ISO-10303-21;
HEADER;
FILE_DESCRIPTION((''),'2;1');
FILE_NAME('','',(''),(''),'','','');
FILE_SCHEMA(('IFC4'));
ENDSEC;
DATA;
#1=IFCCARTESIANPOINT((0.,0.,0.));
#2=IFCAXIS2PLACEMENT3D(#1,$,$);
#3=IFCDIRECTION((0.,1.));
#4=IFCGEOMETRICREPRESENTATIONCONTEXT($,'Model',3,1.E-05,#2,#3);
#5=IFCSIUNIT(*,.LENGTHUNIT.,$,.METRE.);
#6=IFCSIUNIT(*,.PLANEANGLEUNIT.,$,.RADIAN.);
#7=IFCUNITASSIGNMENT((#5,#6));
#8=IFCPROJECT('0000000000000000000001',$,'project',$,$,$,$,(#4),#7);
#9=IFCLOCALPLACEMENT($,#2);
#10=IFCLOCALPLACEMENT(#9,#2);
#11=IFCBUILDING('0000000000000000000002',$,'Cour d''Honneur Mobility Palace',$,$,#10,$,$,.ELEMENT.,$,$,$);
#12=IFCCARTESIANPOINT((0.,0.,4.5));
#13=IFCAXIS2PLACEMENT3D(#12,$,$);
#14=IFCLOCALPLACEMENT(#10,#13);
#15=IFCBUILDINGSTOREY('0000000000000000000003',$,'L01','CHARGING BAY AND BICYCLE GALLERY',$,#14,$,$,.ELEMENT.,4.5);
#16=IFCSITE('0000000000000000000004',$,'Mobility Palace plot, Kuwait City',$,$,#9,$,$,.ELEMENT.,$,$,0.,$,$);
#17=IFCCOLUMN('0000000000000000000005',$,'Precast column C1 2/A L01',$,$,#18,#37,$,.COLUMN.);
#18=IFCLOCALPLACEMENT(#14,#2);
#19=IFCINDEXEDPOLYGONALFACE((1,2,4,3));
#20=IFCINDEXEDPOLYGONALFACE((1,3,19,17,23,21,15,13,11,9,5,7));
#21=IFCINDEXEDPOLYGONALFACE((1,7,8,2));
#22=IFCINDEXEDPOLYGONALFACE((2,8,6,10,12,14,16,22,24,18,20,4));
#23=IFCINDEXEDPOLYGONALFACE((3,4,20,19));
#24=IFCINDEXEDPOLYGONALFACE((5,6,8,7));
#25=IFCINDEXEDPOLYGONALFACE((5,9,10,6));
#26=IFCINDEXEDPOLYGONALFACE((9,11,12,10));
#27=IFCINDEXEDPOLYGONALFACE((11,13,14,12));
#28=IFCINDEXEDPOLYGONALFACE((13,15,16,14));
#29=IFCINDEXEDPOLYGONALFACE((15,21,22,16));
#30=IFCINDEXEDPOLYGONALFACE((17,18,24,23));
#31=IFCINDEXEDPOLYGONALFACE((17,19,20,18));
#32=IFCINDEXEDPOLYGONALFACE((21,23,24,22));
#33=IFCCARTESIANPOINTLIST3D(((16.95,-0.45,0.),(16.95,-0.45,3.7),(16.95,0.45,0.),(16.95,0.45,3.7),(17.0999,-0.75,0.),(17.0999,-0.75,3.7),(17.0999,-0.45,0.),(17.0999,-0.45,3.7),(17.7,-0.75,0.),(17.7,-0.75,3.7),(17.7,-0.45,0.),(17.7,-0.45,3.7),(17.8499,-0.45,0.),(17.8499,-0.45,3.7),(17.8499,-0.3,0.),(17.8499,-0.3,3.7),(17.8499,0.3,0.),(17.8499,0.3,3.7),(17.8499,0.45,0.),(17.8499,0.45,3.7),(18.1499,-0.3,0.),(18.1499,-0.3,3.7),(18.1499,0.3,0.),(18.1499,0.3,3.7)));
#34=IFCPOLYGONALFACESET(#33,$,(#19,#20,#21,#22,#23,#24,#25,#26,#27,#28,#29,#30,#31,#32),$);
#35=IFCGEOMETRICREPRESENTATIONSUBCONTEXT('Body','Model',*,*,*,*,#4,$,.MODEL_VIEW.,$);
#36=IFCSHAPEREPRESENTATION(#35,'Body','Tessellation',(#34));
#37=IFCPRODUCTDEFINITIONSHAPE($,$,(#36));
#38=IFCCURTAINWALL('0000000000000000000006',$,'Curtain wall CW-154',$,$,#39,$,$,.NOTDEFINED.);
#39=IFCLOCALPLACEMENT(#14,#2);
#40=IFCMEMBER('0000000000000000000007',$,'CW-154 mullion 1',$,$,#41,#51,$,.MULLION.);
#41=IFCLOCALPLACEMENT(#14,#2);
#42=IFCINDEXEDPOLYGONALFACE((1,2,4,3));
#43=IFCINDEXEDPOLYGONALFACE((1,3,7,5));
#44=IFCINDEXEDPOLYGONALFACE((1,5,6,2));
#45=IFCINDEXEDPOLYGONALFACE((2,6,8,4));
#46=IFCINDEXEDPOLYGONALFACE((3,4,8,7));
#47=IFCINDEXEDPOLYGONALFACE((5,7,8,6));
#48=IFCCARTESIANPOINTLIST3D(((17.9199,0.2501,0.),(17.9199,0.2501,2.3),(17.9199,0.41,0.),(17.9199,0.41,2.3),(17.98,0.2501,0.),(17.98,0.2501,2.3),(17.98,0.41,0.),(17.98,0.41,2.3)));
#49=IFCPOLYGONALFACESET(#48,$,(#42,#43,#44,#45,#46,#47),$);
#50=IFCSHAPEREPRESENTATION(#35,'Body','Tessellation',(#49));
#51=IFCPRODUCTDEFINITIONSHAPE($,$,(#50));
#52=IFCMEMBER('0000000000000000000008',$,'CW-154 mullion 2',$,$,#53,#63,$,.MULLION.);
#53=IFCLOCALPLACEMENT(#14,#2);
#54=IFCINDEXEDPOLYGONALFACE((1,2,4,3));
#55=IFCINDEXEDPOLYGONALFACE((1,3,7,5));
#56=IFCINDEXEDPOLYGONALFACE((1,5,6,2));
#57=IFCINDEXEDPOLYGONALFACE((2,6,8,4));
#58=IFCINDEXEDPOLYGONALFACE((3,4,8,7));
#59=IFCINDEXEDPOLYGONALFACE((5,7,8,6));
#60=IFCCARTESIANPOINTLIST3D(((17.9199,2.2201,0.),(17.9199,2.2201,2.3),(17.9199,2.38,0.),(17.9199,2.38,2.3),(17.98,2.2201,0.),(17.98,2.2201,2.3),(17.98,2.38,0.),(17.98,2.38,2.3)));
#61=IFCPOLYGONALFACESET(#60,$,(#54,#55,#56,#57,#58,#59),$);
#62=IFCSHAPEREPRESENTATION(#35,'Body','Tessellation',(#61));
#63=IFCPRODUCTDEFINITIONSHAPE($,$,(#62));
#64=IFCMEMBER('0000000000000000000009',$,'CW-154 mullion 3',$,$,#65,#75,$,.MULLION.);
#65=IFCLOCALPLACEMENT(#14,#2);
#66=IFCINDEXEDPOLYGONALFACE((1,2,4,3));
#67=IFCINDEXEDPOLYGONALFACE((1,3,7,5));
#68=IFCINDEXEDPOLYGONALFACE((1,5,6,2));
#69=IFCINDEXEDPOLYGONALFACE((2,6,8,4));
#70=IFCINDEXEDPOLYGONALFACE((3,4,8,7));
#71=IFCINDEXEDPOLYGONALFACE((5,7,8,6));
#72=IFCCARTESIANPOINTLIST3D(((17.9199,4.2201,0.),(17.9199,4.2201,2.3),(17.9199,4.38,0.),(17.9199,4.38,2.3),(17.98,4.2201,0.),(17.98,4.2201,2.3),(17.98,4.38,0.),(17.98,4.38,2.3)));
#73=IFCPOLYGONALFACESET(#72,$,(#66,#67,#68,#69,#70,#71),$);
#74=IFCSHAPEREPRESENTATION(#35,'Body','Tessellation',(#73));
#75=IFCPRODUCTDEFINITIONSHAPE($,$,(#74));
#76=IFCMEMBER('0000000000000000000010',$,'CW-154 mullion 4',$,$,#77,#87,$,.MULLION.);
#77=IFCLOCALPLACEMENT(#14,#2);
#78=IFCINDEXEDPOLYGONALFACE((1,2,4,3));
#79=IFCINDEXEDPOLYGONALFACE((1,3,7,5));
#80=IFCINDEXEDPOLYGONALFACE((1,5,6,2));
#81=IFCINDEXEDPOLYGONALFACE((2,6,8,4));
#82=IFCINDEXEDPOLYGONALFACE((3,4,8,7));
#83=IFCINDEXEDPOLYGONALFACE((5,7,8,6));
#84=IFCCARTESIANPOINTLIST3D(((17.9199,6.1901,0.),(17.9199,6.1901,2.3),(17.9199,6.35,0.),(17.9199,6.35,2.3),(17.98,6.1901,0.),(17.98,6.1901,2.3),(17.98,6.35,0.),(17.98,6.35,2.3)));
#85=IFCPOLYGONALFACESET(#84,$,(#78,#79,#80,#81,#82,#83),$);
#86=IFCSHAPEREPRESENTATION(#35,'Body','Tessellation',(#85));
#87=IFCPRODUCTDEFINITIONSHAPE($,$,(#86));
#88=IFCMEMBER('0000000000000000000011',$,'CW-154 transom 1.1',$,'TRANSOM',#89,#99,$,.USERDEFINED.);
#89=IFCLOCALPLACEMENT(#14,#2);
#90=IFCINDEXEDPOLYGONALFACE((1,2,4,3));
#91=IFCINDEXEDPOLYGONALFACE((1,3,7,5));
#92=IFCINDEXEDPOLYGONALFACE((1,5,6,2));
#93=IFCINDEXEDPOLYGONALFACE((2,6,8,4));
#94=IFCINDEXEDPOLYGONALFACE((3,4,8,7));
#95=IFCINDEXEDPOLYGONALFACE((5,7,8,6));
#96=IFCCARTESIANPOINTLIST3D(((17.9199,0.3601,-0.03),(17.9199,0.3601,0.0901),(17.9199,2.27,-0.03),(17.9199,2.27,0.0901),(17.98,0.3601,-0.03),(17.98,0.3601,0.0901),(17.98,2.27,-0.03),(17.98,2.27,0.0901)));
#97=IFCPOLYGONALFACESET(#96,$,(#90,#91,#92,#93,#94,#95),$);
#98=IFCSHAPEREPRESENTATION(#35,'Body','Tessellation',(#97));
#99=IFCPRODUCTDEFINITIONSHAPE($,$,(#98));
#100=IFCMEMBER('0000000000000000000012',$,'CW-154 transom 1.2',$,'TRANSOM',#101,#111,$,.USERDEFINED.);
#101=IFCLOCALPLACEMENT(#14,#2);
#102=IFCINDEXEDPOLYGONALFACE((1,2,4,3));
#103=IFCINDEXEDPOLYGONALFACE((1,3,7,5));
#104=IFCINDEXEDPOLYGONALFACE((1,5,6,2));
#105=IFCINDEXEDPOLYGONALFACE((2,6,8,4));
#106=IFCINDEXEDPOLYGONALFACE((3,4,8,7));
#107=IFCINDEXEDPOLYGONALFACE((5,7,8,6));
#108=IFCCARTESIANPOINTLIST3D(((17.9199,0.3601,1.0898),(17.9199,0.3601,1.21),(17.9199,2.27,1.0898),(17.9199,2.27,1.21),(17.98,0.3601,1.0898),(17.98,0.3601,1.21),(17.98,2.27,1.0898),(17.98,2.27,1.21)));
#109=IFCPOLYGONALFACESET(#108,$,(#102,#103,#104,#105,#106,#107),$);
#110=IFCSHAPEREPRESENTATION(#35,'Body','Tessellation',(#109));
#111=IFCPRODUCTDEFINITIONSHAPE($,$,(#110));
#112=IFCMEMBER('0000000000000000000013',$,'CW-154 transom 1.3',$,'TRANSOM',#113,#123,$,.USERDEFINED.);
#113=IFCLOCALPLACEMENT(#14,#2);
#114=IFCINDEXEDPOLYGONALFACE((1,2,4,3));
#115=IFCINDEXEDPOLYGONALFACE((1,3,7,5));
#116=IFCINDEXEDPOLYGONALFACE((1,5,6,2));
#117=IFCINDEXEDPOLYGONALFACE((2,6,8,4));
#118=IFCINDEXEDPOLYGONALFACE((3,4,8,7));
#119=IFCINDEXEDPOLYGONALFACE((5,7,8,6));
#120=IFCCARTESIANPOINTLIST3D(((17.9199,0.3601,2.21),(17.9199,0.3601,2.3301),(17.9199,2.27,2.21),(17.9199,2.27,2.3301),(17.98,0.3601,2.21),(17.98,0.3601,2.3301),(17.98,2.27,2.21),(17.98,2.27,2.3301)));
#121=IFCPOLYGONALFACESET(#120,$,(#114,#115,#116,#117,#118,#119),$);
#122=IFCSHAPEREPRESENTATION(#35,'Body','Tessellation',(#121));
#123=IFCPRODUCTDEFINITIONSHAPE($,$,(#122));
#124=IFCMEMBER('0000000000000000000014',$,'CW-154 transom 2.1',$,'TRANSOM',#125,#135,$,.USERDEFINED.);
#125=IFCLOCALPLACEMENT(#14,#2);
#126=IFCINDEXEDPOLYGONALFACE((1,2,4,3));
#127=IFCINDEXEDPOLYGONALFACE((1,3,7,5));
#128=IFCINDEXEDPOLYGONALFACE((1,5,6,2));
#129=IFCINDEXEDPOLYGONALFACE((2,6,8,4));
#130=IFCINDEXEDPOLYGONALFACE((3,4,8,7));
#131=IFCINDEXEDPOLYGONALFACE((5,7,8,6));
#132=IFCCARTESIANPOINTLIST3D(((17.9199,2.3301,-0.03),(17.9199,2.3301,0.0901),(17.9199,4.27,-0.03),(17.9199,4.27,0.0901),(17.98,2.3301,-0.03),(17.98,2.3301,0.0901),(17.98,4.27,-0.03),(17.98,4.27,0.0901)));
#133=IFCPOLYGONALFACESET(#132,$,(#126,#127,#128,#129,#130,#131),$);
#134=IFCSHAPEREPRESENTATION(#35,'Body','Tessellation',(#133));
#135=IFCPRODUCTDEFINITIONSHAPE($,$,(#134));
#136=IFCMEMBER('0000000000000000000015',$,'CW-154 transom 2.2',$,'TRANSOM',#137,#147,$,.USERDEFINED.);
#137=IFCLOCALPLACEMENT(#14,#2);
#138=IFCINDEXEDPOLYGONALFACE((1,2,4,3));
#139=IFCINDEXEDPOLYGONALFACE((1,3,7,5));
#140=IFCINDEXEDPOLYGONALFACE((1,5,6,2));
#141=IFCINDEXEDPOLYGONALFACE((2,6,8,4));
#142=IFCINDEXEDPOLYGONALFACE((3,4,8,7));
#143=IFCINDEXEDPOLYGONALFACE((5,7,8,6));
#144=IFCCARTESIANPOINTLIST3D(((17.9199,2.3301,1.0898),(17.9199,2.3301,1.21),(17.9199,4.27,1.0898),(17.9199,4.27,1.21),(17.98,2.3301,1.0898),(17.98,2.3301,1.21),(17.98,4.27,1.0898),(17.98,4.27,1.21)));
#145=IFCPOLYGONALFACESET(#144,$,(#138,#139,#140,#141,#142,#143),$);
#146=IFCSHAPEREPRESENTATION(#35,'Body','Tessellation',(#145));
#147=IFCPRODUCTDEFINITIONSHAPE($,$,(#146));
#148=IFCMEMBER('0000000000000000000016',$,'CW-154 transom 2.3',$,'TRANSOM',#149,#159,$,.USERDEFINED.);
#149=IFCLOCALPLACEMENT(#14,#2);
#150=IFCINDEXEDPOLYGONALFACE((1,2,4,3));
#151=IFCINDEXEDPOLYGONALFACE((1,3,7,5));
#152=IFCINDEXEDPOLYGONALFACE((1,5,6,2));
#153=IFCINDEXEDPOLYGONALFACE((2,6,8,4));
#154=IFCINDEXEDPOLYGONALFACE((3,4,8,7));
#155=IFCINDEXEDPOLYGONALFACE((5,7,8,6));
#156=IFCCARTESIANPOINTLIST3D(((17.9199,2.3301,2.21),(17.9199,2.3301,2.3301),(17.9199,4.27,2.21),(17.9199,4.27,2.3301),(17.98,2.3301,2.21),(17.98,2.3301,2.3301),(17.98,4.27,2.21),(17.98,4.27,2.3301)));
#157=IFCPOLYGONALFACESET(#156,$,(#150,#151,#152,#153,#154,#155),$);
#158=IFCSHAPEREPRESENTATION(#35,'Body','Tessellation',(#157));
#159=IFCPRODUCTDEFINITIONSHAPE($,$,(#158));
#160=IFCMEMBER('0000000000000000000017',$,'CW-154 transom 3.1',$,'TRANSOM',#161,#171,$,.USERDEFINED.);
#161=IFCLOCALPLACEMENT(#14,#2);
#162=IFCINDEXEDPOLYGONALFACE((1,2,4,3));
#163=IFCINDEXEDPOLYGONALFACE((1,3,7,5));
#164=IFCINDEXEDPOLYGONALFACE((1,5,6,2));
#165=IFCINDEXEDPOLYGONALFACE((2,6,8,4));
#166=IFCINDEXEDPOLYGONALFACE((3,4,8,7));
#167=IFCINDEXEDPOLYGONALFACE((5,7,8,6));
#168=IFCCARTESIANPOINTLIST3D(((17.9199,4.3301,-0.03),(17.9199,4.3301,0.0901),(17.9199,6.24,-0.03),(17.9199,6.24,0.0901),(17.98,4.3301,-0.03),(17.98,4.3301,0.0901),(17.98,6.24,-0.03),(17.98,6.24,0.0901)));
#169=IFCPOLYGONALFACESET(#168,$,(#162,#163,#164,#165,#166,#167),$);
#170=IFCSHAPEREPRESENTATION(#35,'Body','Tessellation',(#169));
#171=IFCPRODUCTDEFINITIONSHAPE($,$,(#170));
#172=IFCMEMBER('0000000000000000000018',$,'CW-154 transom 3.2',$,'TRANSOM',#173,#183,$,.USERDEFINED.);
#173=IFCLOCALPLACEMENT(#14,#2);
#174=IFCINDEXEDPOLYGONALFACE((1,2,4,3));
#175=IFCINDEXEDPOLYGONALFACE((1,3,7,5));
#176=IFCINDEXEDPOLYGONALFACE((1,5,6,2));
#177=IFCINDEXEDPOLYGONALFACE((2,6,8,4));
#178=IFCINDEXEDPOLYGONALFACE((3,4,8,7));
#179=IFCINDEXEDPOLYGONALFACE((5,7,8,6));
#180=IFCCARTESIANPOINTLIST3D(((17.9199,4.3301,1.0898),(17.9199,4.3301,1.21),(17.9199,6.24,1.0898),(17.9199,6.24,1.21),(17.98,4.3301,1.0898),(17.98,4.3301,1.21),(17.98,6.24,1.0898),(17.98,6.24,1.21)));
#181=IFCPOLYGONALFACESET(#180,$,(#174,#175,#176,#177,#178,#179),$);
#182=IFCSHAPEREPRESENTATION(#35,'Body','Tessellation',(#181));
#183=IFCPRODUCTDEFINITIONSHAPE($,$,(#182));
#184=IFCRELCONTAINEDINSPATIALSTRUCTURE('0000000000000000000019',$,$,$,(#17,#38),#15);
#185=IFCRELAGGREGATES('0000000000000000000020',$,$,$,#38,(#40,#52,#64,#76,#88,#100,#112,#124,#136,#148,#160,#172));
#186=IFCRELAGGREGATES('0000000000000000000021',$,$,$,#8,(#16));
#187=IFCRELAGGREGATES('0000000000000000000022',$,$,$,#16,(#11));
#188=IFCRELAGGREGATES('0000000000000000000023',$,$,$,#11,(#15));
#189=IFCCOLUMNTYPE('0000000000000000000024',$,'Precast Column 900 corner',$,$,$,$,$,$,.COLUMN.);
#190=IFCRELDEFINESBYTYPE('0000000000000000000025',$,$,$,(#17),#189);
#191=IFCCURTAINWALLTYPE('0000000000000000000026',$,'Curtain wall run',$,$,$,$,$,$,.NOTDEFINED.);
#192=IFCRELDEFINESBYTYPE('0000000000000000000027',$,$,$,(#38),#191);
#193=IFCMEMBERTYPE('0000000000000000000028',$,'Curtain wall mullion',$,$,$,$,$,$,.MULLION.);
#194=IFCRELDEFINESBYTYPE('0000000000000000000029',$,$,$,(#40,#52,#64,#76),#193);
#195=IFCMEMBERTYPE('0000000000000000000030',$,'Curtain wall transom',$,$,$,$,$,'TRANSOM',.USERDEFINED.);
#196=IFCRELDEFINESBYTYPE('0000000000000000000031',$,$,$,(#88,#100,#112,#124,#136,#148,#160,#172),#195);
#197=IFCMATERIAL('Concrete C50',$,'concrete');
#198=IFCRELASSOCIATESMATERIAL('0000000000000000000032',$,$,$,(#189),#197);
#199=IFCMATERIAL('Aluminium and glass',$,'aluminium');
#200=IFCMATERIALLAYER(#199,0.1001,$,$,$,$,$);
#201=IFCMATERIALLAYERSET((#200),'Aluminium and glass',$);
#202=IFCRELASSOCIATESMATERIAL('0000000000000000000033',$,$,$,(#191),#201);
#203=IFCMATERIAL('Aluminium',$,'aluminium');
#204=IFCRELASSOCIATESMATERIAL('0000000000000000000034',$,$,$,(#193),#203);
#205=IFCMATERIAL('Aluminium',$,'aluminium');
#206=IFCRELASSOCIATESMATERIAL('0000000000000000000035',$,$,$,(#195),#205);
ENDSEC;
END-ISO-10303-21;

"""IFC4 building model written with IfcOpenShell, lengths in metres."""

from ifc_helpers import new_model, si_unit, direction, frame, origin, origin_2d, place, context, subcontext, project, spatial, polyline, rectangle, outline, extrude, material, layer, layer_set, material_profile, profile_set, type_object, element, aggregate, save


model = new_model("IFC4")

# Units and contexts
model_context = context("Model", 3, precision=1e-05, world=origin(), true_north=direction((0.0, 1.0)))
body_context = subcontext(model_context, "Body", "Model", "MODEL_VIEW")
ifc_project = project(units=[si_unit("LENGTHUNIT", "METRE"), si_unit("PLANEANGLEUNIT", "RADIAN")], contexts=[model_context])

# Site, building, storey
site_placement = place(None, origin())
site = spatial("IfcSite", under=ifc_project, at=site_placement, Name="Mobility Palace plot, Kuwait City", CompositionType="ELEMENT", RefElevation=0.0)
building_placement = place(site_placement, origin())
building = spatial("IfcBuilding", under=site, at=building_placement, Name="Cour d'Honneur Mobility Palace", CompositionType="ELEMENT")
storey_placement = place(building_placement, frame((0.0, 0.0, 4.5)))
storey = spatial("IfcBuildingStorey", under=building, at=storey_placement, Name="L01", Description="CHARGING BAY AND BICYCLE GALLERY", CompositionType="ELEMENT", Elevation=4.5)

# Column
ifc_material_1 = material(Name="Concrete C50", Category="concrete")
ifc_material_profile_1 = material_profile(ifc_material_1, outline(polyline([(-0.45, -0.45), (0.45, -0.45), (0.45, -0.3), (0.75, -0.3), (0.75, 0.3), (0.45, 0.3), (0.45, 0.45), (0.3, 0.45), (0.3, 0.75), (-0.3, 0.75), (-0.3, 0.45), (-0.45, 0.45), (-0.45, -0.45)])), Name="PC C900 corner")
ifc_profile_set_1 = profile_set([ifc_material_profile_1], Name="Concrete C50")
column_type = type_object("IfcColumnType", Name="Precast Column 900 corner", PredefinedType="COLUMN", material=ifc_profile_set_1)
column_placement = place(storey_placement, frame((17.3999, 0.0, 0.0), z_axis=(0.0, 0.0, 1.0), x_axis=(0.0, -1.0, 0.0)))
element("IfcColumn", 1, at=column_placement, inside=storey, type_object=column_type, Name="Precast column C1 2/A L01", PredefinedType="COLUMN", context=body_context, shape_type="SweptSolid", body=[
    extrude(outline(polyline([(-0.45, -0.45), (0.45, -0.45), (0.45, -0.3), (0.75, -0.3), (0.75, 0.3), (0.45, 0.3), (0.45, 0.45), (0.3, 0.45), (0.3, 0.75), (-0.3, 0.75), (-0.3, 0.45), (-0.45, 0.45), (-0.45, -0.45)])), origin(), (0.0, 0.0, 1.0), 3.7),
])

# Curtain wall, members
ifc_material_2 = material(Name="Aluminium and glass", Category="aluminium")
ifc_layer_1 = layer(ifc_material_2, 0.1001)
ifc_layer_set_1 = layer_set([ifc_layer_1], Name="Aluminium and glass")
curtain_wall_type = type_object("IfcCurtainWallType", Name="Curtain wall run", PredefinedType="NOTDEFINED", material=ifc_layer_set_1)
curtain_wall_placement = place(storey_placement, origin())
curtain_wall = element("IfcCurtainWall", 2, at=curtain_wall_placement, inside=storey, type_object=curtain_wall_type, Name="Curtain wall CW-154", PredefinedType="NOTDEFINED")
ifc_material_3 = material(Name="Aluminium", Category="aluminium")
ifc_material_profile_2 = material_profile(ifc_material_3, rectangle(XDim=0.0601, YDim=0.1599, at=origin_2d()), Name="Curtain wall mullion")
ifc_profile_set_2 = profile_set([ifc_material_profile_2], Name="Aluminium")
member_type_1 = type_object("IfcMemberType", Name="Curtain wall mullion", PredefinedType="MULLION", material=ifc_profile_set_2)
member_1_placement = place(storey_placement, frame((17.95, 0.3301, 0.0), z_axis=(0.0, 0.0, 1.0), x_axis=(-1.0, 0.0, 0.0)))
member_1 = element("IfcMember", 3, at=member_1_placement, type_object=member_type_1, Name="CW-154 mullion 1", PredefinedType="MULLION", context=body_context, shape_type="SweptSolid", body=[
    extrude(rectangle(XDim=0.0601, YDim=0.1599, at=origin_2d()), origin(), (0.0, 0.0, 1.0), 2.3),
])
member_2_placement = place(storey_placement, frame((17.95, 2.3, 0.0), z_axis=(0.0, 0.0, 1.0), x_axis=(-1.0, 0.0, 0.0)))
member_2 = element("IfcMember", 4, at=member_2_placement, type_object=member_type_1, Name="CW-154 mullion 2", PredefinedType="MULLION", context=body_context, shape_type="SweptSolid", body=[
    extrude(rectangle(XDim=0.0601, YDim=0.1599, at=origin_2d()), origin(), (0.0, 0.0, 1.0), 2.3),
])
member_3_placement = place(storey_placement, frame((17.95, 4.3, 0.0), z_axis=(0.0, 0.0, 1.0), x_axis=(-1.0, 0.0, 0.0)))
member_3 = element("IfcMember", 5, at=member_3_placement, type_object=member_type_1, Name="CW-154 mullion 3", PredefinedType="MULLION", context=body_context, shape_type="SweptSolid", body=[
    extrude(rectangle(XDim=0.0601, YDim=0.1599, at=origin_2d()), origin(), (0.0, 0.0, 1.0), 2.3),
])
member_4_placement = place(storey_placement, frame((17.95, 6.27, 0.0), z_axis=(0.0, 0.0, 1.0), x_axis=(-1.0, 0.0, 0.0)))
member_4 = element("IfcMember", 6, at=member_4_placement, type_object=member_type_1, Name="CW-154 mullion 4", PredefinedType="MULLION", context=body_context, shape_type="SweptSolid", body=[
    extrude(rectangle(XDim=0.0601, YDim=0.1599, at=origin_2d()), origin(), (0.0, 0.0, 1.0), 2.3),
])
ifc_material_4 = material(Name="Aluminium", Category="aluminium")
ifc_material_profile_3 = material_profile(ifc_material_4, rectangle(XDim=0.0601, YDim=0.1201, at=origin_2d()), Name="Curtain wall transom")
ifc_profile_set_3 = profile_set([ifc_material_profile_3], Name="Aluminium")
member_type_2 = type_object("IfcMemberType", Name="Curtain wall transom", ElementType="TRANSOM", PredefinedType="USERDEFINED", material=ifc_profile_set_3)
member_5_placement = place(storey_placement, frame((17.95, 0.3601, 0.03), z_axis=(0.0, 1.0, 0.0), x_axis=(-1.0, 0.0, 0.0)))
member_5 = element("IfcMember", 7, at=member_5_placement, type_object=member_type_2, Name="CW-154 transom 1.1", ObjectType="TRANSOM", PredefinedType="USERDEFINED", context=body_context, shape_type="SweptSolid", body=[
    extrude(rectangle(XDim=0.0601, YDim=0.1201, at=origin_2d()), origin(), (0.0, 0.0, 1.0), 1.9099),
])
member_6_placement = place(storey_placement, frame((17.95, 0.3601, 1.1499), z_axis=(0.0, 1.0, 0.0), x_axis=(-1.0, 0.0, 0.0)))
member_6 = element("IfcMember", 8, at=member_6_placement, type_object=member_type_2, Name="CW-154 transom 1.2", ObjectType="TRANSOM", PredefinedType="USERDEFINED", context=body_context, shape_type="SweptSolid", body=[
    extrude(rectangle(XDim=0.0601, YDim=0.1201, at=origin_2d()), origin(), (0.0, 0.0, 1.0), 1.9099),
])
member_7_placement = place(storey_placement, frame((17.95, 0.3601, 2.27), z_axis=(0.0, 1.0, 0.0), x_axis=(-1.0, 0.0, 0.0)))
member_7 = element("IfcMember", 9, at=member_7_placement, type_object=member_type_2, Name="CW-154 transom 1.3", ObjectType="TRANSOM", PredefinedType="USERDEFINED", context=body_context, shape_type="SweptSolid", body=[
    extrude(rectangle(XDim=0.0601, YDim=0.1201, at=origin_2d()), origin(), (0.0, 0.0, 1.0), 1.9099),
])
member_8_placement = place(storey_placement, frame((17.95, 2.3301, 0.03), z_axis=(0.0, 1.0, 0.0), x_axis=(-1.0, 0.0, 0.0)))
member_8 = element("IfcMember", 10, at=member_8_placement, type_object=member_type_2, Name="CW-154 transom 2.1", ObjectType="TRANSOM", PredefinedType="USERDEFINED", context=body_context, shape_type="SweptSolid", body=[
    extrude(rectangle(XDim=0.0601, YDim=0.1201, at=origin_2d()), origin(), (0.0, 0.0, 1.0), 1.9399),
])
member_9_placement = place(storey_placement, frame((17.95, 2.3301, 1.1499), z_axis=(0.0, 1.0, 0.0), x_axis=(-1.0, 0.0, 0.0)))
member_9 = element("IfcMember", 11, at=member_9_placement, type_object=member_type_2, Name="CW-154 transom 2.2", ObjectType="TRANSOM", PredefinedType="USERDEFINED", context=body_context, shape_type="SweptSolid", body=[
    extrude(rectangle(XDim=0.0601, YDim=0.1201, at=origin_2d()), origin(), (0.0, 0.0, 1.0), 1.9399),
])
member_10_placement = place(storey_placement, frame((17.95, 2.3301, 2.27), z_axis=(0.0, 1.0, 0.0), x_axis=(-1.0, 0.0, 0.0)))
member_10 = element("IfcMember", 12, at=member_10_placement, type_object=member_type_2, Name="CW-154 transom 2.3", ObjectType="TRANSOM", PredefinedType="USERDEFINED", context=body_context, shape_type="SweptSolid", body=[
    extrude(rectangle(XDim=0.0601, YDim=0.1201, at=origin_2d()), origin(), (0.0, 0.0, 1.0), 1.9399),
])
member_11_placement = place(storey_placement, frame((17.95, 4.3301, 0.03), z_axis=(0.0, 1.0, 0.0), x_axis=(-1.0, 0.0, 0.0)))
member_11 = element("IfcMember", 13, at=member_11_placement, type_object=member_type_2, Name="CW-154 transom 3.1", ObjectType="TRANSOM", PredefinedType="USERDEFINED", context=body_context, shape_type="SweptSolid", body=[
    extrude(rectangle(XDim=0.0601, YDim=0.1201, at=origin_2d()), origin(), (0.0, 0.0, 1.0), 1.9099),
])
member_12_placement = place(storey_placement, frame((17.95, 4.3301, 1.1499), z_axis=(0.0, 1.0, 0.0), x_axis=(-1.0, 0.0, 0.0)))
member_12 = element("IfcMember", 14, at=member_12_placement, type_object=member_type_2, Name="CW-154 transom 3.2", ObjectType="TRANSOM", PredefinedType="USERDEFINED", context=body_context, shape_type="SweptSolid", body=[
    extrude(rectangle(XDim=0.0601, YDim=0.1201, at=origin_2d()), origin(), (0.0, 0.0, 1.0), 1.9099),
])

aggregate(curtain_wall, [member_1, member_2, member_3, member_4, member_5, member_6, member_7, member_8, member_9, member_10, member_11, member_12])

save(model, "model.ifc")
